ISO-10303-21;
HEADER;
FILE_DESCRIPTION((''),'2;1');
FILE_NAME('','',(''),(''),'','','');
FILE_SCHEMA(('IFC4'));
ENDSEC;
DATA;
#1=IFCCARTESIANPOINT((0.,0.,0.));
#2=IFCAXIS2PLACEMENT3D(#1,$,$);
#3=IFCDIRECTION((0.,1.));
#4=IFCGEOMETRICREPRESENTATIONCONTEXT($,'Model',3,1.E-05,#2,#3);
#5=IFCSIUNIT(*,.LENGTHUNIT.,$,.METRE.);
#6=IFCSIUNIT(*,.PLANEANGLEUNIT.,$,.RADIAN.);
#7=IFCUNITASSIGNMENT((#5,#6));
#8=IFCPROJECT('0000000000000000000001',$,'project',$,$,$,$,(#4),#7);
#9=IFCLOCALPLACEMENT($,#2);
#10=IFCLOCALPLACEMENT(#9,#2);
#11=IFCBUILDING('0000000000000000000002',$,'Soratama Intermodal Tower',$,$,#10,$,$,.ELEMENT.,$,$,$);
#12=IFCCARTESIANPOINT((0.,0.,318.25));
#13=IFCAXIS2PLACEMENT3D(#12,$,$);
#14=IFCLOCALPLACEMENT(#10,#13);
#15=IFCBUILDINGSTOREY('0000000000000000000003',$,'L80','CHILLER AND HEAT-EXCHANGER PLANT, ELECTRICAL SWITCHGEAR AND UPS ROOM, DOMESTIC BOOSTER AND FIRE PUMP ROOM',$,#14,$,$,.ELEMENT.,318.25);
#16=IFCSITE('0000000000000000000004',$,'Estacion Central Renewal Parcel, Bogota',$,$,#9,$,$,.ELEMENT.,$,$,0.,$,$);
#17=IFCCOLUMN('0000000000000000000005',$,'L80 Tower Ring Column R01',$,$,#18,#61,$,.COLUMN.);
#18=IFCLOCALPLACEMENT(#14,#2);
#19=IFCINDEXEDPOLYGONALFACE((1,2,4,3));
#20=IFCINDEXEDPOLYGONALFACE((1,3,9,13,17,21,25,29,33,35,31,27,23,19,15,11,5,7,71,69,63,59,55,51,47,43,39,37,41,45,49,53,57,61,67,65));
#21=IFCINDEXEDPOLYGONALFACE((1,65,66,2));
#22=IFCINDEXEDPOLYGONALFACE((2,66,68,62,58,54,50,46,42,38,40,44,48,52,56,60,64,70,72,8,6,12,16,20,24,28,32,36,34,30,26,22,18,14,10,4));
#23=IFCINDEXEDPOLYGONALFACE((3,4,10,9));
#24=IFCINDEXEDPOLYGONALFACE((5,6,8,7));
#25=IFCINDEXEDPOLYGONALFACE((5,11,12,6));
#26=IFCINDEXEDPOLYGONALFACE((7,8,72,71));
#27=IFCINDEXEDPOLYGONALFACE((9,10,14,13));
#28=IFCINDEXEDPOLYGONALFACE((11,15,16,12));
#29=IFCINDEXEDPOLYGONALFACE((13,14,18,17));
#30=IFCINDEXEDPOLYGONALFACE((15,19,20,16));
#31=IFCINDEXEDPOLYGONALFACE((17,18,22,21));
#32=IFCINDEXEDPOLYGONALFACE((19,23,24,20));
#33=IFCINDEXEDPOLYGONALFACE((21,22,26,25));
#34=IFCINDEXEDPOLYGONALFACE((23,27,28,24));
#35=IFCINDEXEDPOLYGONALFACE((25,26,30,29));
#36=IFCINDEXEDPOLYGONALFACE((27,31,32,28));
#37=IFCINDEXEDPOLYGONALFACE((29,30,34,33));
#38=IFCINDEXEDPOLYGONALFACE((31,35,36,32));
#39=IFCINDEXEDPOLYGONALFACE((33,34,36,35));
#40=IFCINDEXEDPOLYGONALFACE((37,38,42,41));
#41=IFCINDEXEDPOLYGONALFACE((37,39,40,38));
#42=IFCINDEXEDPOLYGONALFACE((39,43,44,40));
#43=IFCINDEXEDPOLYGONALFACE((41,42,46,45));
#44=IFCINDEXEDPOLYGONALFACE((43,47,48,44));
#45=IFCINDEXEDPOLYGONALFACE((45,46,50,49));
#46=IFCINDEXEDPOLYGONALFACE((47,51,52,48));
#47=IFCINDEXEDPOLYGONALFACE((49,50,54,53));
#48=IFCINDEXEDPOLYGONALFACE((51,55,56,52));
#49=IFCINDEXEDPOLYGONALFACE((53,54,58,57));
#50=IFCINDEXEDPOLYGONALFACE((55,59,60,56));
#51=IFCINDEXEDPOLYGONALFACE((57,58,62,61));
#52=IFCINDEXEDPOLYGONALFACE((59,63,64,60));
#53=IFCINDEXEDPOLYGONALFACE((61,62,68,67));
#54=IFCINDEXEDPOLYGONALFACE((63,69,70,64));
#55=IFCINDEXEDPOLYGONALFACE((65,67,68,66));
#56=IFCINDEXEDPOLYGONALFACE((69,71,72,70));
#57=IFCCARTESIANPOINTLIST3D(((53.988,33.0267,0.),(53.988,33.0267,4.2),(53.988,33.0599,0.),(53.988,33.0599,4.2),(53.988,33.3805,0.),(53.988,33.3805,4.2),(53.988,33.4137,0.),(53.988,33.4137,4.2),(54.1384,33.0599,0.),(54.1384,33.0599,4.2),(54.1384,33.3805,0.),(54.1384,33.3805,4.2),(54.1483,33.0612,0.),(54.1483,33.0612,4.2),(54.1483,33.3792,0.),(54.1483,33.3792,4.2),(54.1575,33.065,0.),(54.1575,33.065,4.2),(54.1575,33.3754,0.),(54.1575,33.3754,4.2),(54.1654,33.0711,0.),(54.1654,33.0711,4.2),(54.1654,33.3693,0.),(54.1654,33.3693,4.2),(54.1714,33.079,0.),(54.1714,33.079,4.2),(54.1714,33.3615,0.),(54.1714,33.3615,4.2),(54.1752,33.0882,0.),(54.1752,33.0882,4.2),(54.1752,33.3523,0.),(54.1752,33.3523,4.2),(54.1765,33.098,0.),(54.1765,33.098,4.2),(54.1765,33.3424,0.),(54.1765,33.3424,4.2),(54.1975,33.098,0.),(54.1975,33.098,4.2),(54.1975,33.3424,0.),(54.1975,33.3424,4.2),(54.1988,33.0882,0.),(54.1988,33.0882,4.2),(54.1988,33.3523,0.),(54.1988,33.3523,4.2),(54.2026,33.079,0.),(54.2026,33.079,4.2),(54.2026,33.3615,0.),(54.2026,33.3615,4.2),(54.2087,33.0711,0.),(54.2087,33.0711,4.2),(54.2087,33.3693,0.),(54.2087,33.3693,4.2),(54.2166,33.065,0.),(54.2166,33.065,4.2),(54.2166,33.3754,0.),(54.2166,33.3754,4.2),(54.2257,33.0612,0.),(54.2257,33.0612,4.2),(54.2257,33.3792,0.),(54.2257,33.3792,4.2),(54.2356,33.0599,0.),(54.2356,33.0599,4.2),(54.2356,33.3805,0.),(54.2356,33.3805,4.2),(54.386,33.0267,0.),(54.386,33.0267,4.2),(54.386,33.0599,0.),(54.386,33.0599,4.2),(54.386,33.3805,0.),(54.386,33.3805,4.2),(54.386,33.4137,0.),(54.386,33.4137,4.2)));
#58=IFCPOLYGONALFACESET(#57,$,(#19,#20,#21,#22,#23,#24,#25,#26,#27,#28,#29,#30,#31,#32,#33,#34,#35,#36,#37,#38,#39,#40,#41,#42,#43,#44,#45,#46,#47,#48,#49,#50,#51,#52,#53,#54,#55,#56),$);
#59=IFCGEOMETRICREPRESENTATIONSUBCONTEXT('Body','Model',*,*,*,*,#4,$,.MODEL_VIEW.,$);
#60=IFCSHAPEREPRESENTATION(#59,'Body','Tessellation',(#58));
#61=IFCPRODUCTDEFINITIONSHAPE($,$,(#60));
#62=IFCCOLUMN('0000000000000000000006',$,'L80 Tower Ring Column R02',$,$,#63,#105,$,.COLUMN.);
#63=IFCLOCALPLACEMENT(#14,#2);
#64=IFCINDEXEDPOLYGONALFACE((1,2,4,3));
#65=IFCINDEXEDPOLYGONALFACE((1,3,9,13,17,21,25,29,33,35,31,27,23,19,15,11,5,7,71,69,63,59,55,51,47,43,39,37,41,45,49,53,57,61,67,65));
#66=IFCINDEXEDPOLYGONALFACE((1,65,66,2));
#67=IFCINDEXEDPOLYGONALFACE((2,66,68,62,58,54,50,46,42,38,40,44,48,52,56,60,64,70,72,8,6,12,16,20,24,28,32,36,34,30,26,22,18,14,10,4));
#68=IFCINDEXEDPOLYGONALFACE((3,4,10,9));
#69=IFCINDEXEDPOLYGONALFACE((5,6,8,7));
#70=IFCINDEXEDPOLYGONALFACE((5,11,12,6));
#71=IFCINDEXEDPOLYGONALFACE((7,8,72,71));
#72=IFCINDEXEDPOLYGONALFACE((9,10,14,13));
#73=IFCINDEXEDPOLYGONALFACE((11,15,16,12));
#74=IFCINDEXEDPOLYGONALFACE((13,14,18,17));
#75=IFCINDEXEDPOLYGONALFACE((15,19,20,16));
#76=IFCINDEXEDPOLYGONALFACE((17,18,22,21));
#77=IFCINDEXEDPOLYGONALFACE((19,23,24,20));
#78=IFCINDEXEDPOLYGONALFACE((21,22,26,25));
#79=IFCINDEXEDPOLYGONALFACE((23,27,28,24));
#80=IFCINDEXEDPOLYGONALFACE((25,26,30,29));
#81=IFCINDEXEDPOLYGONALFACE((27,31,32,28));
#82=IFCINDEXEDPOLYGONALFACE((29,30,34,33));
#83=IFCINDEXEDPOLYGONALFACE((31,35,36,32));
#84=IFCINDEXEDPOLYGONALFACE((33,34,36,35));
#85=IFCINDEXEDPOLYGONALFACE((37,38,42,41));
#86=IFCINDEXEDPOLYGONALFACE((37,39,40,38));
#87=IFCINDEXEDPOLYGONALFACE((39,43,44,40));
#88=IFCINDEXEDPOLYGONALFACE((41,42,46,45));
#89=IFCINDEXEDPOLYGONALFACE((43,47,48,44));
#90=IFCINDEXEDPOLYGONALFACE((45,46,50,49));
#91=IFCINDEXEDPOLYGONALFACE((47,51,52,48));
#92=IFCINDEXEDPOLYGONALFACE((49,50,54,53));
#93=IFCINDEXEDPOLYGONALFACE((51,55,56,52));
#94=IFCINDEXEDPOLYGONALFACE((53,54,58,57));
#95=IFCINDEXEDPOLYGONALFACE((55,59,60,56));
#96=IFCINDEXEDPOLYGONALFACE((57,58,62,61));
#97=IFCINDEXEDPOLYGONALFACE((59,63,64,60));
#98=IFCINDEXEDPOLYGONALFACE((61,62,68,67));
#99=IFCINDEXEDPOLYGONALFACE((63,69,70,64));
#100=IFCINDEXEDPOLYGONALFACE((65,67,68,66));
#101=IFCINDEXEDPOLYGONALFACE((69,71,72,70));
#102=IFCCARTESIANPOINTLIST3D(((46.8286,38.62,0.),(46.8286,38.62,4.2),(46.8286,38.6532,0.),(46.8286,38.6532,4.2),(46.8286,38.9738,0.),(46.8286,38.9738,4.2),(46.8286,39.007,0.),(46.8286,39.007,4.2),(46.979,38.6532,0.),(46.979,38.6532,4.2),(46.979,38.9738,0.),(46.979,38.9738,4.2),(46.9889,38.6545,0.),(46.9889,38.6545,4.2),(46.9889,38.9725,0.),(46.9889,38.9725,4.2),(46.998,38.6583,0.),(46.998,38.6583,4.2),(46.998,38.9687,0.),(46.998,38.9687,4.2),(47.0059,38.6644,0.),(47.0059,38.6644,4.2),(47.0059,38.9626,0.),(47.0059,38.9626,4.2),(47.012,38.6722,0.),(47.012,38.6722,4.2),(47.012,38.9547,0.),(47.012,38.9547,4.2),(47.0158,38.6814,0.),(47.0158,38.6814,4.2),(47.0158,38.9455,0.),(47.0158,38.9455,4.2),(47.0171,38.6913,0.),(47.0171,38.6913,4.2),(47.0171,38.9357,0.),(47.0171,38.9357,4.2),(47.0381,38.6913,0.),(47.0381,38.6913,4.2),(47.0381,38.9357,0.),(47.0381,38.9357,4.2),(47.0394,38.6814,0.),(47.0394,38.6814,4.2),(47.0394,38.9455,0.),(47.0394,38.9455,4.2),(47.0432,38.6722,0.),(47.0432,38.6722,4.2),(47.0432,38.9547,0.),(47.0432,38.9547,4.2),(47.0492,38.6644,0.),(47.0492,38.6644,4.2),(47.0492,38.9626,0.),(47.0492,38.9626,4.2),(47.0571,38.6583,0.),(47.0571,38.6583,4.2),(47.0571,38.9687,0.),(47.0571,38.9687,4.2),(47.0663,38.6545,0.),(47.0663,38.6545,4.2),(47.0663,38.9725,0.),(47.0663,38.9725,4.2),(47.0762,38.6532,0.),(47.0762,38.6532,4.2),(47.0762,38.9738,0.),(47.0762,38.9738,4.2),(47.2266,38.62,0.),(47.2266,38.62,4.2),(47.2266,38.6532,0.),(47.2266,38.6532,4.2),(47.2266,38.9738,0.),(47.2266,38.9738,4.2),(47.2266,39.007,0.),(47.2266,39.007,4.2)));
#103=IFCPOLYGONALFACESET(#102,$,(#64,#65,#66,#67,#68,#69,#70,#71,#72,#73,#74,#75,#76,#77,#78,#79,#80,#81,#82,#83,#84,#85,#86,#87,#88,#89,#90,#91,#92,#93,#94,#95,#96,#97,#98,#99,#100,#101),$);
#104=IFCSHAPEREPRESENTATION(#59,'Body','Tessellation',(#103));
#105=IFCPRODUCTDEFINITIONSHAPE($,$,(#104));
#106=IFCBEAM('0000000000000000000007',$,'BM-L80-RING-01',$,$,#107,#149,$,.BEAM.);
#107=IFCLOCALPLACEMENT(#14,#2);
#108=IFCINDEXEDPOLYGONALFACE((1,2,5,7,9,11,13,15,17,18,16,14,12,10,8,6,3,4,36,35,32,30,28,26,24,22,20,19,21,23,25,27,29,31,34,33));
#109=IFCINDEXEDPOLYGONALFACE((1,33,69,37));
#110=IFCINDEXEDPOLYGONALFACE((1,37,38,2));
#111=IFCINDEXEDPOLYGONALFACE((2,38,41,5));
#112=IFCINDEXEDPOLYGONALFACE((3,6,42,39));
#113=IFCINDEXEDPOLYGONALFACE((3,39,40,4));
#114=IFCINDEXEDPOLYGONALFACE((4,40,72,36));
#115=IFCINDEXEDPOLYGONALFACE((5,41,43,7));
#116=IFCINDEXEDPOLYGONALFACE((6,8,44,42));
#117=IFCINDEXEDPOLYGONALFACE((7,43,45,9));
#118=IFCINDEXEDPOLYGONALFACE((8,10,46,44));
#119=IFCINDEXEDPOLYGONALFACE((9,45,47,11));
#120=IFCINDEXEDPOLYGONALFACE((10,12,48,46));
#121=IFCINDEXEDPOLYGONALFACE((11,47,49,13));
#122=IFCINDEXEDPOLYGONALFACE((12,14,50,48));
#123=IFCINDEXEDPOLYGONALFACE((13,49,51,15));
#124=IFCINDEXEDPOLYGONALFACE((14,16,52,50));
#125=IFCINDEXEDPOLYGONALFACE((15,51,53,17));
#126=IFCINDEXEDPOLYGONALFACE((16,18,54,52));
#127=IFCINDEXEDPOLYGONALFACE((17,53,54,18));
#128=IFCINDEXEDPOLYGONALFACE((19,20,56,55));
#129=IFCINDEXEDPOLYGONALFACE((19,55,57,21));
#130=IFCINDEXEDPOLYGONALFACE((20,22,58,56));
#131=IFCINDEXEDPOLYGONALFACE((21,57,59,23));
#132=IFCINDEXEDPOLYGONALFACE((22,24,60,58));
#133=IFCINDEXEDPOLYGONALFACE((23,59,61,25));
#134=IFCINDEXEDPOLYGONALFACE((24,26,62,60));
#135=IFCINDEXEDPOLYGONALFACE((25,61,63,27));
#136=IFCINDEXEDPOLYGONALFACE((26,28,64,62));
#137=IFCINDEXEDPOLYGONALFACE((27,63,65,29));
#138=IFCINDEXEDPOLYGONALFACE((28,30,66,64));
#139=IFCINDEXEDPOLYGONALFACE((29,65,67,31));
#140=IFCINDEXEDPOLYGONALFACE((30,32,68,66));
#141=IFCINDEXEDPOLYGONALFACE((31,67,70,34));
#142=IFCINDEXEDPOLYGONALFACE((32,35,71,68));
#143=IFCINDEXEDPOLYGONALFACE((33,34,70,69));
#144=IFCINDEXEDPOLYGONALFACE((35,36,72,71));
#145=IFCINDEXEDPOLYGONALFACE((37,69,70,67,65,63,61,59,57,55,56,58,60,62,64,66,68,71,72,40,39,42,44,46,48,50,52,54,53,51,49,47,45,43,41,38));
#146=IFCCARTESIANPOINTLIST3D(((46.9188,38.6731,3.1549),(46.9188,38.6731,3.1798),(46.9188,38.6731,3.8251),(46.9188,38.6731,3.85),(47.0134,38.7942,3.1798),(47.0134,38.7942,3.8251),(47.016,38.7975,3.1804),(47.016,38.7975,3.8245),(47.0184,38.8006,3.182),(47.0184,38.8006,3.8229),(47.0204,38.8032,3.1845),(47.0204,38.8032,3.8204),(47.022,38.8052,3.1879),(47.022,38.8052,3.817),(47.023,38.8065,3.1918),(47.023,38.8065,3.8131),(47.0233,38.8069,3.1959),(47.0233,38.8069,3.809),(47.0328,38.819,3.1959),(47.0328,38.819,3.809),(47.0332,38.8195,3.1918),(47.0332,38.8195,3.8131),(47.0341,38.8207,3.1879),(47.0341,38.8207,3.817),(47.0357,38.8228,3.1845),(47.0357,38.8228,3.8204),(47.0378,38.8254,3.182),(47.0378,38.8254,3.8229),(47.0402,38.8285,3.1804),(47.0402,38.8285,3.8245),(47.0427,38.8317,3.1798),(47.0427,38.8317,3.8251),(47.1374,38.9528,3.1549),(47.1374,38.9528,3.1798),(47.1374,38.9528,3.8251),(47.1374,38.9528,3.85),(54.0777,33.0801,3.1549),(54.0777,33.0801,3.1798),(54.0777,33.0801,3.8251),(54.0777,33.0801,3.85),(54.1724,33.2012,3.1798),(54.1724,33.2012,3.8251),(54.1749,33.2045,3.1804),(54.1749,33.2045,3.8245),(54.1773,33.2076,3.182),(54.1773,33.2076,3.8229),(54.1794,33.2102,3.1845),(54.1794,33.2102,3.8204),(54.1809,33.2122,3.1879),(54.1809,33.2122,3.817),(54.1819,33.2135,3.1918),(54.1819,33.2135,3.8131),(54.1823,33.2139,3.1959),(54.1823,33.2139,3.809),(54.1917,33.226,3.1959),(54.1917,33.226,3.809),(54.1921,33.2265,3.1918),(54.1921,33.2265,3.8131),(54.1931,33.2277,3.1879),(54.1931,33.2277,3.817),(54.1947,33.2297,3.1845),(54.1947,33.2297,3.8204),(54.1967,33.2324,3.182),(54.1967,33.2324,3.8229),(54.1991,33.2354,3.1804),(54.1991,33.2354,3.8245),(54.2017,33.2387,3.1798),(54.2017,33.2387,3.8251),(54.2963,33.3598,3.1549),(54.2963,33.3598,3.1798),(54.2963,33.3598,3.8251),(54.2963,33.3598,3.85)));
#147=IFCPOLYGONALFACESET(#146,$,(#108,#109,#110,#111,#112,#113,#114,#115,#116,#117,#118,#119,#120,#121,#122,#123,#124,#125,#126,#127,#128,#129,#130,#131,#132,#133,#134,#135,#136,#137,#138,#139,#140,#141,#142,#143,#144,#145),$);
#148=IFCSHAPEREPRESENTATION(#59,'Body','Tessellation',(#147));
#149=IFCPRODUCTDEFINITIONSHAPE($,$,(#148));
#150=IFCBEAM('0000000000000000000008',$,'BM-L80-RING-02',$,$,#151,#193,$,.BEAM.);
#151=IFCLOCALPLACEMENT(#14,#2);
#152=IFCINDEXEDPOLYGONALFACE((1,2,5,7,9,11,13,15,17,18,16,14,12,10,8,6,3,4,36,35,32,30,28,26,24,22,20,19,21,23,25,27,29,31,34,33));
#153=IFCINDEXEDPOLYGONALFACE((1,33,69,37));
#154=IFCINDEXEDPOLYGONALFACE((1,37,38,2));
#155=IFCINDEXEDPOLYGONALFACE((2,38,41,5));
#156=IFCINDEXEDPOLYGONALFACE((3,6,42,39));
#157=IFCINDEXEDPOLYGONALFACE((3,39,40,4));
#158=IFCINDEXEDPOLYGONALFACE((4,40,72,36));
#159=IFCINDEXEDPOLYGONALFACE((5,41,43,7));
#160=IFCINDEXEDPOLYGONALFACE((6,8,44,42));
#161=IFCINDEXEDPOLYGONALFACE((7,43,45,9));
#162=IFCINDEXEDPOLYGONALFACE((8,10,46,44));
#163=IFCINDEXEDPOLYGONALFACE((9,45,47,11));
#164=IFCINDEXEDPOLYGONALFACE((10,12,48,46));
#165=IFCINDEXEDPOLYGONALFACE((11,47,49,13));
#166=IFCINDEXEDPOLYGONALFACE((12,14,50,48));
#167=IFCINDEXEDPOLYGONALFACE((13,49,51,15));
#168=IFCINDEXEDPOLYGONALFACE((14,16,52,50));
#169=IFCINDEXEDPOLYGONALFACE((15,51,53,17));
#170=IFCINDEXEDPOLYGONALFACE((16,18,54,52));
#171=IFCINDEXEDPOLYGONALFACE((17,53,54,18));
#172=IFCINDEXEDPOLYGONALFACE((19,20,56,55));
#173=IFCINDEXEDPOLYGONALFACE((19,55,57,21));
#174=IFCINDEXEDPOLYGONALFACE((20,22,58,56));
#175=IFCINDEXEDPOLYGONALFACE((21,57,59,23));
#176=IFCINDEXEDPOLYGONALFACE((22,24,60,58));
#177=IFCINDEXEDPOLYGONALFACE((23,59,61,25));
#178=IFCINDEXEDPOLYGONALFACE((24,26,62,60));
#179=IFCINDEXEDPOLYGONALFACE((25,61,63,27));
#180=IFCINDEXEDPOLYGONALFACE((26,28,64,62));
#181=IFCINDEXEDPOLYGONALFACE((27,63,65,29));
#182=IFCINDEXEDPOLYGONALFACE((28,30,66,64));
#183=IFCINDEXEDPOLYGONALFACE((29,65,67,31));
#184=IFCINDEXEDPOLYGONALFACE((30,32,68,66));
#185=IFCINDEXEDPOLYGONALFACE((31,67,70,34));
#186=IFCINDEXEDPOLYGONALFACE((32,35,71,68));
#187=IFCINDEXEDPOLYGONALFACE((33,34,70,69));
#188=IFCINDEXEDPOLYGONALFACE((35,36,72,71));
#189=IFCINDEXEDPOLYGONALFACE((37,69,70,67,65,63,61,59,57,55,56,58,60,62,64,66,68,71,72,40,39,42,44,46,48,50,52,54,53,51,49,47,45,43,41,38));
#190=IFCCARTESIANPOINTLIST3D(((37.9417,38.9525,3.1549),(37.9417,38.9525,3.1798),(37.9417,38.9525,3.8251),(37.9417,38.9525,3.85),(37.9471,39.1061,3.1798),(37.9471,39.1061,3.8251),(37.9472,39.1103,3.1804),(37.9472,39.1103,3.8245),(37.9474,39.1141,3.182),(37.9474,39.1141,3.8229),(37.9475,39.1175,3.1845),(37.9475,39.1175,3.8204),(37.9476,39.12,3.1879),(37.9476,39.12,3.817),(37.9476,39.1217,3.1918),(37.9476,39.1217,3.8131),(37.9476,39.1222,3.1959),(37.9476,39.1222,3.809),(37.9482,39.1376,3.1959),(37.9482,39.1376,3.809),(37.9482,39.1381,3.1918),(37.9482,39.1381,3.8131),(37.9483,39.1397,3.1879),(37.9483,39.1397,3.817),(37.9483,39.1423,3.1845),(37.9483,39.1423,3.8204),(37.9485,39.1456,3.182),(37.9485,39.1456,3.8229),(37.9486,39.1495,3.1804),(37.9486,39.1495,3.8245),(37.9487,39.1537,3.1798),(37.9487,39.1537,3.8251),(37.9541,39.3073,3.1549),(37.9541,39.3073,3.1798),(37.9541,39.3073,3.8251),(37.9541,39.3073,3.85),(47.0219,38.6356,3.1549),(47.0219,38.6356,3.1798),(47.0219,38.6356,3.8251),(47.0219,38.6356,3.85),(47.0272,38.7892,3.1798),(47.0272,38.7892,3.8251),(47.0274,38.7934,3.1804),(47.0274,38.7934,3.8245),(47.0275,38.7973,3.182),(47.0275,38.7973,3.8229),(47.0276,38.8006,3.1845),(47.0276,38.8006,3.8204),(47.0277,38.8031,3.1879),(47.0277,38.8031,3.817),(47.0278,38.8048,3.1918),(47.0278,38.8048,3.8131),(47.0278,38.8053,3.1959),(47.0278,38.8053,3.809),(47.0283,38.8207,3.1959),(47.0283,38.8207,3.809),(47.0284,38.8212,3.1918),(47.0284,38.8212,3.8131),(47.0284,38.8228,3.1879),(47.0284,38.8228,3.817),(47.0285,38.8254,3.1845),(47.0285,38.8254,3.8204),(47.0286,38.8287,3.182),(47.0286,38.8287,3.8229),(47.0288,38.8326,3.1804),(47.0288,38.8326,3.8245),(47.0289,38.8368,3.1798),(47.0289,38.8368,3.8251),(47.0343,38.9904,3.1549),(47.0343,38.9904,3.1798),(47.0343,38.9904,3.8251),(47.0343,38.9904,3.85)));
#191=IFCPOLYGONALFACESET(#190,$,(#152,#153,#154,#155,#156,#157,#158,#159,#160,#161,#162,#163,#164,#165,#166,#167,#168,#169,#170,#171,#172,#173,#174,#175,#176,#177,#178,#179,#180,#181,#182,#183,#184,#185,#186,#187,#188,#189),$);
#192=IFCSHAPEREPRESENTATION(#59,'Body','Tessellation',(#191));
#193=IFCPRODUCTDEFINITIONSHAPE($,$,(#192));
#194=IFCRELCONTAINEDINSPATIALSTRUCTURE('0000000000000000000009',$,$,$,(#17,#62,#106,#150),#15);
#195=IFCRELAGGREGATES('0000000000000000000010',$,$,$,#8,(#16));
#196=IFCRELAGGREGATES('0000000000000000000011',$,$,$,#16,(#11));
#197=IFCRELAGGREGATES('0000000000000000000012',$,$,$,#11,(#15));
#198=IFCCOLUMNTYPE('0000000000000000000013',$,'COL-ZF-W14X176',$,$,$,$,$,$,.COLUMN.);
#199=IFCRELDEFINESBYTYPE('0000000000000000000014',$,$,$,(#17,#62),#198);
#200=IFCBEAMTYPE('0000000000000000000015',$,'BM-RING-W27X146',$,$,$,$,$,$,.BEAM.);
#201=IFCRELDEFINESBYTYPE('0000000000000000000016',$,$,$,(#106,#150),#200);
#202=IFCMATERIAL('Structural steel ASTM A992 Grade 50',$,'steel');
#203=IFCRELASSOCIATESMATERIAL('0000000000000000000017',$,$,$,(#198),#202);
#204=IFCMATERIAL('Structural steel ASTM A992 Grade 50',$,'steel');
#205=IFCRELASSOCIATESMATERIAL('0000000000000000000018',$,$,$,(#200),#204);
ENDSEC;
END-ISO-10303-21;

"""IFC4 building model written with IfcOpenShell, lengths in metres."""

from ifc_helpers import new_model, si_unit, direction, frame, origin, origin_2d, place, context, subcontext, project, spatial, i_section, extrude, material, material_profile, profile_set, type_object, element, save


model = new_model("IFC4")

# Units and contexts
model_context = context("Model", 3, precision=1e-05, world=origin(), true_north=direction((0.0, 1.0)))
body_context = subcontext(model_context, "Body", "Model", "MODEL_VIEW")
ifc_project = project(units=[si_unit("LENGTHUNIT", "METRE"), si_unit("PLANEANGLEUNIT", "RADIAN")], contexts=[model_context])

# Site, building, storey
site_placement = place(None, origin())
site = spatial("IfcSite", under=ifc_project, at=site_placement, Name="Estacion Central Renewal Parcel, Bogota", CompositionType="ELEMENT", RefElevation=0.0)
building_placement = place(site_placement, origin())
building = spatial("IfcBuilding", under=site, at=building_placement, Name="Soratama Intermodal Tower", CompositionType="ELEMENT")
storey_placement = place(building_placement, frame((0.0, 0.0, 318.25)))
storey = spatial("IfcBuildingStorey", under=building, at=storey_placement, Name="L80", Description="CHILLER AND HEAT-EXCHANGER PLANT, ELECTRICAL SWITCHGEAR AND UPS ROOM, DOMESTIC BOOSTER AND FIRE PUMP ROOM", CompositionType="ELEMENT", Elevation=318.25)

# Columns
ifc_material_1 = material(Name="Structural steel ASTM A992 Grade 50", Category="steel")
ifc_material_profile_1 = material_profile(ifc_material_1, i_section(OverallWidth=0.3979, OverallDepth=0.387, WebThickness=0.021, FlangeThickness=0.0332, FilletRadius=0.0381, at=origin_2d()), Name="W14X176")
ifc_profile_set_1 = profile_set([ifc_material_profile_1], Name="Structural steel ASTM A992 Grade 50")
column_type = type_object("IfcColumnType", Name="COL-ZF-W14X176", PredefinedType="COLUMN", material=ifc_profile_set_1)
for number, where, z_axis, x_axis, name in (
    (1, (54.187, 33.2202, 0.0), (0.0, 0.0, 1.0), (1.0, 0.0, 0.0), "L80 Tower Ring Column R01"),
    (2, (47.0276, 38.8135, 0.0), (0.0, 0.0, 1.0), (1.0, 0.0, 0.0), "L80 Tower Ring Column R02"),
):
    element("IfcColumn", number, at=place(storey_placement, frame(where, z_axis=z_axis, x_axis=x_axis)), inside=storey, type_object=column_type, Name=name, PredefinedType="COLUMN", context=body_context, shape_type="SweptSolid", body=[
        extrude(i_section(OverallWidth=0.3979, OverallDepth=0.387, WebThickness=0.021, FlangeThickness=0.0332, FilletRadius=0.0381, at=origin_2d()), origin(), (0.0, 0.0, 1.0), 4.2),
    ])

# Beams
ifc_material_2 = material(Name="Structural steel ASTM A992 Grade 50", Category="steel")
ifc_material_profile_2 = material_profile(ifc_material_2, i_section(OverallWidth=0.355, OverallDepth=0.6951, WebThickness=0.0154, FlangeThickness=0.0249, FilletRadius=0.0161, at=origin_2d()), Name="W27X146")
ifc_profile_set_2 = profile_set([ifc_material_profile_2], Name="Structural steel ASTM A992 Grade 50")
beam_type_1 = type_object("IfcBeamType", Name="BM-RING-W27X146", PredefinedType="BEAM", material=ifc_profile_set_2)
beam_1_placement = place(storey_placement, frame((54.187, 33.22, 3.5024), z_axis=(-0.788019, 0.615651, 0.0), x_axis=(-0.615651, -0.788019, 0.0)))
element("IfcBeam", 3, at=beam_1_placement, inside=storey, type_object=beam_type_1, Name="BM-L80-RING-01", PredefinedType="BEAM", context=body_context, shape_type="SweptSolid", body=[
    extrude(i_section(OverallWidth=0.355, OverallDepth=0.6951, WebThickness=0.0154, FlangeThickness=0.0249, FilletRadius=0.0161, at=origin_2d()), origin(), (0.0, 0.0, 1.0), 9.0847),
])
beam_2_placement = place(storey_placement, frame((47.0281, 38.813, 3.5024), z_axis=(-0.999392, 0.034879, 0.0), x_axis=(-0.034879, -0.999392, 0.0)))
element("IfcBeam", 4, at=beam_2_placement, inside=storey, type_object=beam_type_1, Name="BM-L80-RING-02", PredefinedType="BEAM", context=body_context, shape_type="SweptSolid", body=[
    extrude(i_section(OverallWidth=0.355, OverallDepth=0.6951, WebThickness=0.0154, FlangeThickness=0.0249, FilletRadius=0.0161, at=origin_2d()), origin(), (0.0, 0.0, 1.0), 9.0857),
])

save(model, "model.ifc")
